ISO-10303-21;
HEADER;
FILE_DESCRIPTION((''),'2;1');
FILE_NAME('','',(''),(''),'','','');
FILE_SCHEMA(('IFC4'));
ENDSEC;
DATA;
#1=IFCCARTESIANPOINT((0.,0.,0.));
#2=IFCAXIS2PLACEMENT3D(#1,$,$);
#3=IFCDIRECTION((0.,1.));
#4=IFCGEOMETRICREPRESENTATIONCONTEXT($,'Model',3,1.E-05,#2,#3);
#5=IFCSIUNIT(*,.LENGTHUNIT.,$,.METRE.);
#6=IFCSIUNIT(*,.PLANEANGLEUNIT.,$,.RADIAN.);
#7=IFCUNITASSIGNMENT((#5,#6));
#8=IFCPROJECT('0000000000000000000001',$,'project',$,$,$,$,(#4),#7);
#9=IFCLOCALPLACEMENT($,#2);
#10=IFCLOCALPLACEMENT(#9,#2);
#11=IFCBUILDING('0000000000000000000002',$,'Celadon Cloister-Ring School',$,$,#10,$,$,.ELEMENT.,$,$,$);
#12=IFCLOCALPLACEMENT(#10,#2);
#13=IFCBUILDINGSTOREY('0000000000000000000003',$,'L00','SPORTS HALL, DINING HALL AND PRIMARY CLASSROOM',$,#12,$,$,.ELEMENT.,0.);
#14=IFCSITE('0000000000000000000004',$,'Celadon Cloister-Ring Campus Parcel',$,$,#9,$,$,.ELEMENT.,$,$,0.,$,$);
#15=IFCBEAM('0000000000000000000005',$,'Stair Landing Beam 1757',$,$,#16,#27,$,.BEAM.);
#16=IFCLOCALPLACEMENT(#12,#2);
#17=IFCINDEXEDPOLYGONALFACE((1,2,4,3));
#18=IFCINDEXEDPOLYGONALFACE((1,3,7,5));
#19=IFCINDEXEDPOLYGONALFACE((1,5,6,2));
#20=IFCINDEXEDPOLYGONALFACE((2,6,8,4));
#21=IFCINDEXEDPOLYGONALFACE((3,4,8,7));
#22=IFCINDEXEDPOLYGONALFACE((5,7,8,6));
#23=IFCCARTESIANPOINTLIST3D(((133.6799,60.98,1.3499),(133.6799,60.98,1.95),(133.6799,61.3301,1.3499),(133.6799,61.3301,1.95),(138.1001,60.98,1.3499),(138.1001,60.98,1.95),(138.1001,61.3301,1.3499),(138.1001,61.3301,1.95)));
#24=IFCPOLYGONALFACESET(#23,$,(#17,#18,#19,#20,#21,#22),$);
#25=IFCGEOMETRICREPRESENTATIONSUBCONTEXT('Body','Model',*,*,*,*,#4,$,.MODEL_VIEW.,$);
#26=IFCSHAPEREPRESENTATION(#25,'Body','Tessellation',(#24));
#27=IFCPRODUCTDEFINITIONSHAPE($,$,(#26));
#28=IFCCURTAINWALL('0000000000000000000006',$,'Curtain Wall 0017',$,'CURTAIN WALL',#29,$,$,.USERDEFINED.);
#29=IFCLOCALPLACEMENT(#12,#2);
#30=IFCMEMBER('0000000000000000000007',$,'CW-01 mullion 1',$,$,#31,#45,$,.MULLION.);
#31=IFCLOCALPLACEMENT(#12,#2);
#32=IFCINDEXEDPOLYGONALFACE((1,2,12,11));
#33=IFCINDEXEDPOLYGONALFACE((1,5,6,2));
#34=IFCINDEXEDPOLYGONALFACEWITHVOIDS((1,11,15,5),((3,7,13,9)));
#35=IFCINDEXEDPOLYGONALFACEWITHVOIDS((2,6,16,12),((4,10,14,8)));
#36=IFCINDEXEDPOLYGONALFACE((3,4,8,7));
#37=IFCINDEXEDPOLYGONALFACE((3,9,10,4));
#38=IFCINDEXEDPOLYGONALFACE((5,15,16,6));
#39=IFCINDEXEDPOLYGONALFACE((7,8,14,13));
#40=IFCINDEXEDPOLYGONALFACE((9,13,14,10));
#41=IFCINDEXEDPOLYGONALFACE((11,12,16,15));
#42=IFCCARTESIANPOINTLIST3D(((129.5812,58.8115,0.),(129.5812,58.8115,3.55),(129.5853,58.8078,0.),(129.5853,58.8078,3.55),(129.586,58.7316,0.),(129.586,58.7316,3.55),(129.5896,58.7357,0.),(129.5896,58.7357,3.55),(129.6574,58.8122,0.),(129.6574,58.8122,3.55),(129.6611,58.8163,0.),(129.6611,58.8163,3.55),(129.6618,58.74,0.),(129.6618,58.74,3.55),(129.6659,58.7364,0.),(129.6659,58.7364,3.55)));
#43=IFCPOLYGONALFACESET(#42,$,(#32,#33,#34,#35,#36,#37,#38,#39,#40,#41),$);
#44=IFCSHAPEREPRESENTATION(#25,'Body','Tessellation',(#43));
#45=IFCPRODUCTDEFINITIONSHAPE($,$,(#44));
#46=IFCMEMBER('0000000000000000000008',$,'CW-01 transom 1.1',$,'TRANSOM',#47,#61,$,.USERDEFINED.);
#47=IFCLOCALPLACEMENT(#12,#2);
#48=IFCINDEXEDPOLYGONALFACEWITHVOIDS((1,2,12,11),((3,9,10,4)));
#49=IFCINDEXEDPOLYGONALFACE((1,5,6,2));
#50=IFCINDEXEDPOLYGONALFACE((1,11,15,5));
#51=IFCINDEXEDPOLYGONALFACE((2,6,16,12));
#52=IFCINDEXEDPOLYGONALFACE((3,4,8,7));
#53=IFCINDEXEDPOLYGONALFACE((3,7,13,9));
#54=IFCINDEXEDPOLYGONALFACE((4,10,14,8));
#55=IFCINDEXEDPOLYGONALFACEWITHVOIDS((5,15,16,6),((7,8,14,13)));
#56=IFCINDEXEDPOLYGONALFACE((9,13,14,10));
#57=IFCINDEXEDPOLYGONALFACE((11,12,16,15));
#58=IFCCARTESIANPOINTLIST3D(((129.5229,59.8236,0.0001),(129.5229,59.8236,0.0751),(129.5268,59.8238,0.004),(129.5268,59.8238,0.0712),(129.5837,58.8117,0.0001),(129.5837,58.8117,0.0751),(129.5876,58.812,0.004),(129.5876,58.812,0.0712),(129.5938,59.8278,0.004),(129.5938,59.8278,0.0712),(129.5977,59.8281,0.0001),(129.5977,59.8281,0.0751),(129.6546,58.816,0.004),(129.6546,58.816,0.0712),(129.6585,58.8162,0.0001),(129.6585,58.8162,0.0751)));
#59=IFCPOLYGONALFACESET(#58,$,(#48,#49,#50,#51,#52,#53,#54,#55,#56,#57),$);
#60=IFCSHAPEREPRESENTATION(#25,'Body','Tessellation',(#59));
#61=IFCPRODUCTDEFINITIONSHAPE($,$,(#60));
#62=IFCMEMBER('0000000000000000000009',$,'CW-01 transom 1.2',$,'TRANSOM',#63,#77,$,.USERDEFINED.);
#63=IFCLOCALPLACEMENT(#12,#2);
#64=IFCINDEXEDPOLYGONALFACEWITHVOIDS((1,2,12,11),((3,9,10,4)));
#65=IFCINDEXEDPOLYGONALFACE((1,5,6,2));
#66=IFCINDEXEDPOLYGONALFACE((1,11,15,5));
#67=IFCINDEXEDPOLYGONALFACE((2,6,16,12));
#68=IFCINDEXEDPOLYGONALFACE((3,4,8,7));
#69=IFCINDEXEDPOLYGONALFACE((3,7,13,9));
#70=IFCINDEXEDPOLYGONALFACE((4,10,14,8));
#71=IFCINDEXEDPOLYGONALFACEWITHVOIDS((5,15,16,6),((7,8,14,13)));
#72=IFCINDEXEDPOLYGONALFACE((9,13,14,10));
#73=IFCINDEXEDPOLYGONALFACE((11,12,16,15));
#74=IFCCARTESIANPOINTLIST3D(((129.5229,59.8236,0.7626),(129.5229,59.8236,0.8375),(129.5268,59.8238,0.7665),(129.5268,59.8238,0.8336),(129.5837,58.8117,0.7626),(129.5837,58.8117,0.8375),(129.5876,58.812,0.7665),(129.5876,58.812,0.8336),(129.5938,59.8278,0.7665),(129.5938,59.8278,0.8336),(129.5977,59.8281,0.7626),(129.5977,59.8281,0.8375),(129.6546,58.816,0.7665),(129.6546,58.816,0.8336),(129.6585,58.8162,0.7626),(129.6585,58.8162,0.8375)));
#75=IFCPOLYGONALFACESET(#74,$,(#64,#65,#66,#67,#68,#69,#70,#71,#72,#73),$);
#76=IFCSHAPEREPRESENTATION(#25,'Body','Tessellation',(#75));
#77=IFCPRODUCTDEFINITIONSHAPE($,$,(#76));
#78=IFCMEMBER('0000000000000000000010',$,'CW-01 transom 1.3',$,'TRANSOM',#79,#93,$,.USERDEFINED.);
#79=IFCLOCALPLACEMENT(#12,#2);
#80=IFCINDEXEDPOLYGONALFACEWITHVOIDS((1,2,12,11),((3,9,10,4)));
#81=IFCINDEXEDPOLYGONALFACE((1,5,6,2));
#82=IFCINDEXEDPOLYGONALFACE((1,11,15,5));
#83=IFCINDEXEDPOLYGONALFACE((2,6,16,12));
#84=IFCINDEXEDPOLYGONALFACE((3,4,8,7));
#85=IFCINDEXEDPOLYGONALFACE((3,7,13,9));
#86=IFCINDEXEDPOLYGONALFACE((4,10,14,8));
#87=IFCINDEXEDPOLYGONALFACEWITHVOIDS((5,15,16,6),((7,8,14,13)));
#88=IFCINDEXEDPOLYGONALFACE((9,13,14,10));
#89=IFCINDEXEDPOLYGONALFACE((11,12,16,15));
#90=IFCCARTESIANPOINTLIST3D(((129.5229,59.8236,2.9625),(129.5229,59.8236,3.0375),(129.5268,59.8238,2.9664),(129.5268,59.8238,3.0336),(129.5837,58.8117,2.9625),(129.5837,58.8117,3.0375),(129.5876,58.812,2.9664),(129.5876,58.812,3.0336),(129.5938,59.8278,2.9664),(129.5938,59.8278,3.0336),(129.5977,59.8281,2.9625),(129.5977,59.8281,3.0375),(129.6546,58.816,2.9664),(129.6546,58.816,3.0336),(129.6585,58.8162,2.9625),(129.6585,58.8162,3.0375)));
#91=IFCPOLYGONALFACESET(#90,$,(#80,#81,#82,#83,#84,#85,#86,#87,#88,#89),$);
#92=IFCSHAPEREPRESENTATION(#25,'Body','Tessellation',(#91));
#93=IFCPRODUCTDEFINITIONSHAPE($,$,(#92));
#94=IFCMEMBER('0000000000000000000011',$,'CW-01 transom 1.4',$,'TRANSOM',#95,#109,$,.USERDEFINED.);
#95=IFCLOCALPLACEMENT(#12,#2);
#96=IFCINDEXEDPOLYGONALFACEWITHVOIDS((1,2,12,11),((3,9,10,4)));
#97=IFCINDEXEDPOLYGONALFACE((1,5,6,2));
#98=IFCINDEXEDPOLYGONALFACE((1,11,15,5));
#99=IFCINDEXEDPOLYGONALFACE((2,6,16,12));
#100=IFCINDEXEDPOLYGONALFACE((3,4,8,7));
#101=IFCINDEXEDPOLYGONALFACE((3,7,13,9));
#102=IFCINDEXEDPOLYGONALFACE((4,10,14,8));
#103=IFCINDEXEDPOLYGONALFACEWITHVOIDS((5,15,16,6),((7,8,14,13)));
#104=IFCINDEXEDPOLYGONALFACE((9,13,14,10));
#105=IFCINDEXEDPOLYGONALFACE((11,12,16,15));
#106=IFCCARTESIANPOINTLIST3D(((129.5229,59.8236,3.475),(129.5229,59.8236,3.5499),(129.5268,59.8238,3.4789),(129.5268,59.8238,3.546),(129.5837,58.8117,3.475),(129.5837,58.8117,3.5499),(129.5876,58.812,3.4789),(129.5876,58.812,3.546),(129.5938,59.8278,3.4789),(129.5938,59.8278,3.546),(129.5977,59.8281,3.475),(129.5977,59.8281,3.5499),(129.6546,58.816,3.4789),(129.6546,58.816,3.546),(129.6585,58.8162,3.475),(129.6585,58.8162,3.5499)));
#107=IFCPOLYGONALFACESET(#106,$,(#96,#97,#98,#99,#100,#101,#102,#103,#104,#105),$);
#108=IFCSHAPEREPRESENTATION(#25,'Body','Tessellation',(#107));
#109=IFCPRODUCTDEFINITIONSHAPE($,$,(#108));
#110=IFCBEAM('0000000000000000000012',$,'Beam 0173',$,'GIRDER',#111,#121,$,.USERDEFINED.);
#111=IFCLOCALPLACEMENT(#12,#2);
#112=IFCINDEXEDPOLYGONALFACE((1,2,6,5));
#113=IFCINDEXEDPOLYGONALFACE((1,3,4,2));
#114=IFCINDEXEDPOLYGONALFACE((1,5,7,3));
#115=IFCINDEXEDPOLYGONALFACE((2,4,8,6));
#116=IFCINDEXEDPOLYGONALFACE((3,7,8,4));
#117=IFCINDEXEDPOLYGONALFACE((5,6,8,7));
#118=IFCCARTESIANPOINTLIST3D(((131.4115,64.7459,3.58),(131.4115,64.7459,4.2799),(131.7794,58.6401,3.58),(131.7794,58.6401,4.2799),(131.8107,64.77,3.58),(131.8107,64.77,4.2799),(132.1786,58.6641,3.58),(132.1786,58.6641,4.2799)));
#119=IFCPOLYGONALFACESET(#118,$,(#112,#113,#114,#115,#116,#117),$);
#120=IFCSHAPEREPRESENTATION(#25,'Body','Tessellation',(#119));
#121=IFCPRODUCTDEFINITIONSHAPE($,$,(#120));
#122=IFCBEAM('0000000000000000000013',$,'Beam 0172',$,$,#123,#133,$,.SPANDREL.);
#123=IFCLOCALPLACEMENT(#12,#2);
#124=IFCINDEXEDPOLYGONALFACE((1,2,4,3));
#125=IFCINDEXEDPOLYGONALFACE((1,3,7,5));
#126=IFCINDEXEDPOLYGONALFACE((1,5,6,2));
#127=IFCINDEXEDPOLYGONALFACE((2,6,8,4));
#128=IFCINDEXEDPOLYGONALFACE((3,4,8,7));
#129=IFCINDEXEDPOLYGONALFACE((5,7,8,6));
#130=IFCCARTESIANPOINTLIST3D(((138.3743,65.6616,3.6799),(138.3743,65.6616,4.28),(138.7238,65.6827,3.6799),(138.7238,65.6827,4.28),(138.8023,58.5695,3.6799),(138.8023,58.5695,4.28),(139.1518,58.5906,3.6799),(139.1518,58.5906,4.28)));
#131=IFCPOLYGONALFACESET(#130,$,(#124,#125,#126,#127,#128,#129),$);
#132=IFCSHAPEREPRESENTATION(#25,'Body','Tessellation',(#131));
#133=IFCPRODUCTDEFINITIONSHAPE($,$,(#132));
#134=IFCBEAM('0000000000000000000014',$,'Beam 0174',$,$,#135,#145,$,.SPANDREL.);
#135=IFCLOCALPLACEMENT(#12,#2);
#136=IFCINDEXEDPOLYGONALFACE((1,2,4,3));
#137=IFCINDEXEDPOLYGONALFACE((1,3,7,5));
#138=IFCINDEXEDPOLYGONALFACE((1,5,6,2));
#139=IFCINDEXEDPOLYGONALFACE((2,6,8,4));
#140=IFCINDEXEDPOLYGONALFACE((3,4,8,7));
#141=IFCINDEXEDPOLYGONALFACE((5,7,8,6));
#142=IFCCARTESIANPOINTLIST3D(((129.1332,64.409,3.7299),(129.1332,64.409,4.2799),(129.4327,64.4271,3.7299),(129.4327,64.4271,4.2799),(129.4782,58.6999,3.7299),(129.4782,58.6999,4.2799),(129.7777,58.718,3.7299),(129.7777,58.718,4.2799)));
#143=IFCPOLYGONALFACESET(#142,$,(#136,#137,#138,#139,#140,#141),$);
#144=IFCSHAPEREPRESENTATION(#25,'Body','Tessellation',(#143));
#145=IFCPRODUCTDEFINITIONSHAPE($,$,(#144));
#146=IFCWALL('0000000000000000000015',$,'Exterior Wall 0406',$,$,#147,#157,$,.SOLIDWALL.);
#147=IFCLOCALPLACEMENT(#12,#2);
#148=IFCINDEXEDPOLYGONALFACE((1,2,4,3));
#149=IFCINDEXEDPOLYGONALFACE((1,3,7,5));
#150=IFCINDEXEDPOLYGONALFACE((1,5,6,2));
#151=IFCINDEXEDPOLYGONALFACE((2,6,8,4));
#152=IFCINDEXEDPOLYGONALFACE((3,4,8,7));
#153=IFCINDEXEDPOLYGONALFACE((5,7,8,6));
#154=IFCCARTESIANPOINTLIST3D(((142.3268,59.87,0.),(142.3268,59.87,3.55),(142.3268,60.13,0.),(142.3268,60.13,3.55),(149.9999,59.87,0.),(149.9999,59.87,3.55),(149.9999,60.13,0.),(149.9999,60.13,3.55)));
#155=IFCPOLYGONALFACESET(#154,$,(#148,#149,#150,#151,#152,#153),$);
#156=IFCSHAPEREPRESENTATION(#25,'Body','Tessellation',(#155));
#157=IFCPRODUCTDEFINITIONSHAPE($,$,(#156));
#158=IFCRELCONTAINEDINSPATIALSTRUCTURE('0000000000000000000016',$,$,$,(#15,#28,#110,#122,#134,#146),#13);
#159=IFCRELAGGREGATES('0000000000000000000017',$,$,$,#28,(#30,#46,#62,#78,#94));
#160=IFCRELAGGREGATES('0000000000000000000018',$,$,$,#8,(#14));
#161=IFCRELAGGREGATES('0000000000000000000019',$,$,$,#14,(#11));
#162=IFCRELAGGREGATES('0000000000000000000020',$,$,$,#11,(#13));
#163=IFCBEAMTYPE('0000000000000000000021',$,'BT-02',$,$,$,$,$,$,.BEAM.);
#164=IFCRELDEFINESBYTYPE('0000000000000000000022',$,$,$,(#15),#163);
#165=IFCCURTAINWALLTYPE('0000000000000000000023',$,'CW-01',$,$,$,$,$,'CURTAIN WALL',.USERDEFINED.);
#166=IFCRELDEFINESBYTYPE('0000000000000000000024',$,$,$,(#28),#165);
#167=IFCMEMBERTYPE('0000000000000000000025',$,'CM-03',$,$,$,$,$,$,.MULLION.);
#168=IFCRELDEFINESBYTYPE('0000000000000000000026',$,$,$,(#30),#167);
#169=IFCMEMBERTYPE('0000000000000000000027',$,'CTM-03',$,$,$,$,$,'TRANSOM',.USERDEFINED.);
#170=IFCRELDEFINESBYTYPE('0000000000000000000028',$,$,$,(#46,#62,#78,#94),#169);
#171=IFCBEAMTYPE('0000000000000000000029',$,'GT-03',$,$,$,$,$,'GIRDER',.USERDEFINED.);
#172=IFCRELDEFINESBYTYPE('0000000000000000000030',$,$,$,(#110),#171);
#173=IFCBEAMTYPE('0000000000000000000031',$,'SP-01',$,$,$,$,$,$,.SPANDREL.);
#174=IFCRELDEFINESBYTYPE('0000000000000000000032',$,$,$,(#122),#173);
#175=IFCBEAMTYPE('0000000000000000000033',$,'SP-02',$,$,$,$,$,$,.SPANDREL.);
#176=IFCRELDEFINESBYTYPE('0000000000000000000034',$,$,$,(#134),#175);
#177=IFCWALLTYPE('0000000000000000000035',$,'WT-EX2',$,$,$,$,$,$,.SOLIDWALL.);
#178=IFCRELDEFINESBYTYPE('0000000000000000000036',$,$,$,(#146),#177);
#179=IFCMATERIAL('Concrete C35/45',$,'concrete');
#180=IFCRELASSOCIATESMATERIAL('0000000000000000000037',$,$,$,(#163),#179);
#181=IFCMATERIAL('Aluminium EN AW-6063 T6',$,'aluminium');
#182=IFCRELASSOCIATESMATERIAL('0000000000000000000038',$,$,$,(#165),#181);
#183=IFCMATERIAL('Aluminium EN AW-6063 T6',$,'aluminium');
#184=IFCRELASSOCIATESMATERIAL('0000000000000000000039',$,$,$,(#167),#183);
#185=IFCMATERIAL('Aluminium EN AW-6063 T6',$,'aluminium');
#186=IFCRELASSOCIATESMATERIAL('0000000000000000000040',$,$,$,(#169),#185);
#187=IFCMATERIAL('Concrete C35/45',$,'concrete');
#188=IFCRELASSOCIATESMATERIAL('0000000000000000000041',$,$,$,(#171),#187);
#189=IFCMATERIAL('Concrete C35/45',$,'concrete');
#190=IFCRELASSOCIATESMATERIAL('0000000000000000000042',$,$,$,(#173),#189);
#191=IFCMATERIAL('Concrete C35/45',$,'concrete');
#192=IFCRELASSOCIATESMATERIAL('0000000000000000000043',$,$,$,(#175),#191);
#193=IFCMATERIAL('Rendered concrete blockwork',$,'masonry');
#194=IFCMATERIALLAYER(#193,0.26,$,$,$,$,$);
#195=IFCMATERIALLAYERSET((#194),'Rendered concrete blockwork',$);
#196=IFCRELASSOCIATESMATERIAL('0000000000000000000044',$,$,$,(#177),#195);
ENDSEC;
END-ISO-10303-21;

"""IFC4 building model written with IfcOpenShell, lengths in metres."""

from ifc_helpers import new_model, si_unit, direction, frame, frame_2d, origin, origin_2d, place, context, subcontext, project, spatial, rectangle, hollow_rectangle, extrude, material, layer, layer_set, material_profile, profile_set, type_object, element, aggregate, save


model = new_model("IFC4")

# Units and contexts
model_context = context("Model", 3, precision=1e-05, world=origin(), true_north=direction((0.0, 1.0)))
body_context = subcontext(model_context, "Body", "Model", "MODEL_VIEW")
ifc_project = project(units=[si_unit("LENGTHUNIT", "METRE"), si_unit("PLANEANGLEUNIT", "RADIAN")], contexts=[model_context])

# Site, building, storey
site_placement = place(None, origin())
site = spatial("IfcSite", under=ifc_project, at=site_placement, Name="Celadon Cloister-Ring Campus Parcel", CompositionType="ELEMENT", RefElevation=0.0)
building_placement = place(site_placement, origin())
building = spatial("IfcBuilding", under=site, at=building_placement, Name="Celadon Cloister-Ring School", CompositionType="ELEMENT")
storey_placement = place(building_placement, origin())
storey = spatial("IfcBuildingStorey", under=building, at=storey_placement, Name="L00", Description="SPORTS HALL, DINING HALL AND PRIMARY CLASSROOM", CompositionType="ELEMENT", Elevation=0.0)

# Beam
ifc_material_1 = material(Name="Concrete C35/45", Category="concrete")
ifc_material_profile_1 = material_profile(ifc_material_1, rectangle(XDim=0.3501, YDim=0.6001, at=origin_2d()), Name="RC350X600")
ifc_profile_set_1 = profile_set([ifc_material_profile_1], Name="Concrete C35/45")
beam_type_1 = type_object("IfcBeamType", Name="BT-02", PredefinedType="BEAM", material=ifc_profile_set_1)
beam_1_placement = place(storey_placement, frame((133.6799, 61.155, 1.6499), z_axis=(1.0, 0.0, 0.0), x_axis=(0.0, 1.0, 0.0)))
element("IfcBeam", 1, at=beam_1_placement, inside=storey, type_object=beam_type_1, Name="Stair Landing Beam 1757", PredefinedType="BEAM", context=body_context, shape_type="SweptSolid", body=[
    extrude(rectangle(XDim=0.3501, YDim=0.6001, at=origin_2d()), origin(), (0.0, 0.0, 1.0), 4.4202),
])

# Curtain wall, members
ifc_material_2 = material(Name="Aluminium EN AW-6063 T6", Category="aluminium")
curtain_wall_type = type_object("IfcCurtainWallType", Name="CW-01", ElementType="CURTAIN WALL", PredefinedType="USERDEFINED", material=ifc_material_2)
curtain_wall_placement = place(storey_placement, origin())
curtain_wall = element("IfcCurtainWall", 2, at=curtain_wall_placement, inside=storey, type_object=curtain_wall_type, Name="Curtain Wall 0017", ObjectType="CURTAIN WALL", PredefinedType="USERDEFINED")
ifc_material_3 = material(Name="Aluminium EN AW-6063 T6", Category="aluminium")
ifc_material_profile_2 = material_profile(ifc_material_3, hollow_rectangle(XDim=0.0801, YDim=0.0801, WallThickness=0.0039, at=origin_2d()), Name="RHS80X80X4")
ifc_profile_set_2 = profile_set([ifc_material_profile_2], Name="Aluminium EN AW-6063 T6")
member_type_1 = type_object("IfcMemberType", Name="CM-03", PredefinedType="MULLION", material=ifc_profile_set_2)
member_1_placement = place(storey_placement, frame((129.6235, 58.7739, 0.0), z_axis=(0.0, 0.0, 1.0), x_axis=(-0.998189, -0.060149, 0.0)))
member_1 = element("IfcMember", 3, at=member_1_placement, type_object=member_type_1, Name="CW-01 mullion 1", PredefinedType="MULLION", context=body_context, shape_type="SweptSolid", body=[
    extrude(hollow_rectangle(XDim=0.0801, YDim=0.0801, WallThickness=0.0039, at=origin_2d()), origin(), (0.0, 0.0, 1.0), 3.55),
])
ifc_material_4 = material(Name="Aluminium EN AW-6063 T6", Category="aluminium")
ifc_material_profile_3 = material_profile(ifc_material_4, hollow_rectangle(XDim=0.075, YDim=0.075, WallThickness=0.0039, at=origin_2d()), Name="RHS75X75X4")
ifc_profile_set_3 = profile_set([ifc_material_profile_3], Name="Aluminium EN AW-6063 T6")
member_type_2 = type_object("IfcMemberType", Name="CTM-03", ElementType="TRANSOM", PredefinedType="USERDEFINED", material=ifc_profile_set_3)
member_2_placement = place(storey_placement, frame((129.6211, 58.814, 0.0376), z_axis=(-0.059964, 0.998201, 0.0), x_axis=(-0.998201, -0.059964, 0.0)))
member_2 = element("IfcMember", 4, at=member_2_placement, type_object=member_type_2, Name="CW-01 transom 1.1", ObjectType="TRANSOM", PredefinedType="USERDEFINED", context=body_context, shape_type="SweptSolid", body=[
    extrude(hollow_rectangle(XDim=0.075, YDim=0.075, WallThickness=0.0039, at=origin_2d()), origin(), (0.0, 0.0, 1.0), 1.0137),
])
member_3_placement = place(storey_placement, frame((129.6211, 58.814, 0.8), z_axis=(-0.059964, 0.998201, 0.0), x_axis=(-0.998201, -0.059964, 0.0)))
member_3 = element("IfcMember", 5, at=member_3_placement, type_object=member_type_2, Name="CW-01 transom 1.2", ObjectType="TRANSOM", PredefinedType="USERDEFINED", context=body_context, shape_type="SweptSolid", body=[
    extrude(hollow_rectangle(XDim=0.075, YDim=0.075, WallThickness=0.0039, at=origin_2d()), origin(), (0.0, 0.0, 1.0), 1.0137),
])
member_4_placement = place(storey_placement, frame((129.6211, 58.814, 3.0), z_axis=(-0.059964, 0.998201, 0.0), x_axis=(-0.998201, -0.059964, 0.0)))
member_4 = element("IfcMember", 6, at=member_4_placement, type_object=member_type_2, Name="CW-01 transom 1.3", ObjectType="TRANSOM", PredefinedType="USERDEFINED", context=body_context, shape_type="SweptSolid", body=[
    extrude(hollow_rectangle(XDim=0.075, YDim=0.075, WallThickness=0.0039, at=origin_2d()), origin(), (0.0, 0.0, 1.0), 1.0137),
])
member_5_placement = place(storey_placement, frame((129.6211, 58.814, 3.5125), z_axis=(-0.059964, 0.998201, 0.0), x_axis=(-0.998201, -0.059964, 0.0)))
member_5 = element("IfcMember", 7, at=member_5_placement, type_object=member_type_2, Name="CW-01 transom 1.4", ObjectType="TRANSOM", PredefinedType="USERDEFINED", context=body_context, shape_type="SweptSolid", body=[
    extrude(hollow_rectangle(XDim=0.075, YDim=0.075, WallThickness=0.0039, at=origin_2d()), origin(), (0.0, 0.0, 1.0), 1.0137),
])
aggregate(curtain_wall, [member_1, member_2, member_3, member_4, member_5])

# Beams
ifc_material_5 = material(Name="Concrete C35/45", Category="concrete")
ifc_material_profile_4 = material_profile(ifc_material_5, rectangle(XDim=0.3999, YDim=0.7, at=origin_2d()), Name="RC400X700")
ifc_profile_set_4 = profile_set([ifc_material_profile_4], Name="Concrete C35/45")
beam_type_2 = type_object("IfcBeamType", Name="GT-03", ElementType="GIRDER", PredefinedType="USERDEFINED", material=ifc_profile_set_4)
beam_2_placement = place(storey_placement, frame((131.979, 58.6521, 3.9299), z_axis=(-0.060147, 0.99819, 0.0), x_axis=(-0.99819, -0.060147, 0.0)))
element("IfcBeam", 8, at=beam_2_placement, inside=storey, type_object=beam_type_2, Name="Beam 0173", ObjectType="GIRDER", PredefinedType="USERDEFINED", context=body_context, shape_type="SweptSolid", body=[
    extrude(rectangle(XDim=0.3999, YDim=0.7, at=origin_2d()), origin(), (0.0, 0.0, 1.0), 6.1169),
])
ifc_material_6 = material(Name="Concrete C35/45", Category="concrete")
ifc_material_profile_5 = material_profile(ifc_material_6, rectangle(XDim=0.3501, YDim=0.6001, at=origin_2d()), Name="RC350X600")
ifc_profile_set_5 = profile_set([ifc_material_profile_5], Name="Concrete C35/45")
beam_type_3 = type_object("IfcBeamType", Name="SP-01", PredefinedType="SPANDREL", material=ifc_profile_set_5)
beam_3_placement = place(storey_placement, frame((138.9771, 58.5801, 3.98), z_axis=(-0.060237, 0.998184, 0.0), x_axis=(-0.998184, -0.060237, 0.0)))
element("IfcBeam", 9, at=beam_3_placement, inside=storey, type_object=beam_type_3, Name="Beam 0172", PredefinedType="SPANDREL", context=body_context, shape_type="SweptSolid", body=[
    extrude(rectangle(XDim=0.3501, YDim=0.6001, at=origin_2d()), origin(), (0.0, 0.0, 1.0), 7.105),
])
ifc_material_7 = material(Name="Concrete C35/45", Category="concrete")
ifc_material_profile_6 = material_profile(ifc_material_7, rectangle(XDim=0.3, YDim=0.55, at=origin_2d()), Name="RC300X550")
ifc_profile_set_6 = profile_set([ifc_material_profile_6], Name="Concrete C35/45")
beam_type_4 = type_object("IfcBeamType", Name="SP-02", PredefinedType="SPANDREL", material=ifc_profile_set_6)
beam_4_placement = place(storey_placement, frame((129.6279, 58.709, 4.0049), z_axis=(-0.060316, 0.998179, 0.0), x_axis=(-0.998179, -0.060316, 0.0)))
element("IfcBeam", 10, at=beam_4_placement, inside=storey, type_object=beam_type_4, Name="Beam 0174", PredefinedType="SPANDREL", context=body_context, shape_type="SweptSolid", body=[
    extrude(rectangle(XDim=0.3, YDim=0.55, at=origin_2d()), origin(), (0.0, 0.0, 1.0), 5.7195),
])

# Wall
ifc_material_8 = material(Name="Rendered concrete blockwork", Category="masonry")
ifc_layer_1 = layer(ifc_material_8, 0.26)
ifc_layer_set_1 = layer_set([ifc_layer_1], Name="Rendered concrete blockwork")
wall_type_1 = type_object("IfcWallType", Name="WT-EX2", PredefinedType="SOLIDWALL", material=ifc_layer_set_1)
wall_1_placement = place(storey_placement, frame((142.3269, 60.0, 0.0), z_axis=(0.0, 0.0, 1.0), x_axis=(1.0, 0.0, 0.0)))
element("IfcWall", 11, at=wall_1_placement, inside=storey, type_object=wall_type_1, Name="Exterior Wall 0406", PredefinedType="SOLIDWALL", context=body_context, shape_type="SweptSolid", body=[
    extrude(rectangle(XDim=7.6731, YDim=0.26, at=frame_2d((3.8364, 0.0))), origin(), (0.0, 0.0, 1.0), 3.55),
])

save(model, "model.ifc")
